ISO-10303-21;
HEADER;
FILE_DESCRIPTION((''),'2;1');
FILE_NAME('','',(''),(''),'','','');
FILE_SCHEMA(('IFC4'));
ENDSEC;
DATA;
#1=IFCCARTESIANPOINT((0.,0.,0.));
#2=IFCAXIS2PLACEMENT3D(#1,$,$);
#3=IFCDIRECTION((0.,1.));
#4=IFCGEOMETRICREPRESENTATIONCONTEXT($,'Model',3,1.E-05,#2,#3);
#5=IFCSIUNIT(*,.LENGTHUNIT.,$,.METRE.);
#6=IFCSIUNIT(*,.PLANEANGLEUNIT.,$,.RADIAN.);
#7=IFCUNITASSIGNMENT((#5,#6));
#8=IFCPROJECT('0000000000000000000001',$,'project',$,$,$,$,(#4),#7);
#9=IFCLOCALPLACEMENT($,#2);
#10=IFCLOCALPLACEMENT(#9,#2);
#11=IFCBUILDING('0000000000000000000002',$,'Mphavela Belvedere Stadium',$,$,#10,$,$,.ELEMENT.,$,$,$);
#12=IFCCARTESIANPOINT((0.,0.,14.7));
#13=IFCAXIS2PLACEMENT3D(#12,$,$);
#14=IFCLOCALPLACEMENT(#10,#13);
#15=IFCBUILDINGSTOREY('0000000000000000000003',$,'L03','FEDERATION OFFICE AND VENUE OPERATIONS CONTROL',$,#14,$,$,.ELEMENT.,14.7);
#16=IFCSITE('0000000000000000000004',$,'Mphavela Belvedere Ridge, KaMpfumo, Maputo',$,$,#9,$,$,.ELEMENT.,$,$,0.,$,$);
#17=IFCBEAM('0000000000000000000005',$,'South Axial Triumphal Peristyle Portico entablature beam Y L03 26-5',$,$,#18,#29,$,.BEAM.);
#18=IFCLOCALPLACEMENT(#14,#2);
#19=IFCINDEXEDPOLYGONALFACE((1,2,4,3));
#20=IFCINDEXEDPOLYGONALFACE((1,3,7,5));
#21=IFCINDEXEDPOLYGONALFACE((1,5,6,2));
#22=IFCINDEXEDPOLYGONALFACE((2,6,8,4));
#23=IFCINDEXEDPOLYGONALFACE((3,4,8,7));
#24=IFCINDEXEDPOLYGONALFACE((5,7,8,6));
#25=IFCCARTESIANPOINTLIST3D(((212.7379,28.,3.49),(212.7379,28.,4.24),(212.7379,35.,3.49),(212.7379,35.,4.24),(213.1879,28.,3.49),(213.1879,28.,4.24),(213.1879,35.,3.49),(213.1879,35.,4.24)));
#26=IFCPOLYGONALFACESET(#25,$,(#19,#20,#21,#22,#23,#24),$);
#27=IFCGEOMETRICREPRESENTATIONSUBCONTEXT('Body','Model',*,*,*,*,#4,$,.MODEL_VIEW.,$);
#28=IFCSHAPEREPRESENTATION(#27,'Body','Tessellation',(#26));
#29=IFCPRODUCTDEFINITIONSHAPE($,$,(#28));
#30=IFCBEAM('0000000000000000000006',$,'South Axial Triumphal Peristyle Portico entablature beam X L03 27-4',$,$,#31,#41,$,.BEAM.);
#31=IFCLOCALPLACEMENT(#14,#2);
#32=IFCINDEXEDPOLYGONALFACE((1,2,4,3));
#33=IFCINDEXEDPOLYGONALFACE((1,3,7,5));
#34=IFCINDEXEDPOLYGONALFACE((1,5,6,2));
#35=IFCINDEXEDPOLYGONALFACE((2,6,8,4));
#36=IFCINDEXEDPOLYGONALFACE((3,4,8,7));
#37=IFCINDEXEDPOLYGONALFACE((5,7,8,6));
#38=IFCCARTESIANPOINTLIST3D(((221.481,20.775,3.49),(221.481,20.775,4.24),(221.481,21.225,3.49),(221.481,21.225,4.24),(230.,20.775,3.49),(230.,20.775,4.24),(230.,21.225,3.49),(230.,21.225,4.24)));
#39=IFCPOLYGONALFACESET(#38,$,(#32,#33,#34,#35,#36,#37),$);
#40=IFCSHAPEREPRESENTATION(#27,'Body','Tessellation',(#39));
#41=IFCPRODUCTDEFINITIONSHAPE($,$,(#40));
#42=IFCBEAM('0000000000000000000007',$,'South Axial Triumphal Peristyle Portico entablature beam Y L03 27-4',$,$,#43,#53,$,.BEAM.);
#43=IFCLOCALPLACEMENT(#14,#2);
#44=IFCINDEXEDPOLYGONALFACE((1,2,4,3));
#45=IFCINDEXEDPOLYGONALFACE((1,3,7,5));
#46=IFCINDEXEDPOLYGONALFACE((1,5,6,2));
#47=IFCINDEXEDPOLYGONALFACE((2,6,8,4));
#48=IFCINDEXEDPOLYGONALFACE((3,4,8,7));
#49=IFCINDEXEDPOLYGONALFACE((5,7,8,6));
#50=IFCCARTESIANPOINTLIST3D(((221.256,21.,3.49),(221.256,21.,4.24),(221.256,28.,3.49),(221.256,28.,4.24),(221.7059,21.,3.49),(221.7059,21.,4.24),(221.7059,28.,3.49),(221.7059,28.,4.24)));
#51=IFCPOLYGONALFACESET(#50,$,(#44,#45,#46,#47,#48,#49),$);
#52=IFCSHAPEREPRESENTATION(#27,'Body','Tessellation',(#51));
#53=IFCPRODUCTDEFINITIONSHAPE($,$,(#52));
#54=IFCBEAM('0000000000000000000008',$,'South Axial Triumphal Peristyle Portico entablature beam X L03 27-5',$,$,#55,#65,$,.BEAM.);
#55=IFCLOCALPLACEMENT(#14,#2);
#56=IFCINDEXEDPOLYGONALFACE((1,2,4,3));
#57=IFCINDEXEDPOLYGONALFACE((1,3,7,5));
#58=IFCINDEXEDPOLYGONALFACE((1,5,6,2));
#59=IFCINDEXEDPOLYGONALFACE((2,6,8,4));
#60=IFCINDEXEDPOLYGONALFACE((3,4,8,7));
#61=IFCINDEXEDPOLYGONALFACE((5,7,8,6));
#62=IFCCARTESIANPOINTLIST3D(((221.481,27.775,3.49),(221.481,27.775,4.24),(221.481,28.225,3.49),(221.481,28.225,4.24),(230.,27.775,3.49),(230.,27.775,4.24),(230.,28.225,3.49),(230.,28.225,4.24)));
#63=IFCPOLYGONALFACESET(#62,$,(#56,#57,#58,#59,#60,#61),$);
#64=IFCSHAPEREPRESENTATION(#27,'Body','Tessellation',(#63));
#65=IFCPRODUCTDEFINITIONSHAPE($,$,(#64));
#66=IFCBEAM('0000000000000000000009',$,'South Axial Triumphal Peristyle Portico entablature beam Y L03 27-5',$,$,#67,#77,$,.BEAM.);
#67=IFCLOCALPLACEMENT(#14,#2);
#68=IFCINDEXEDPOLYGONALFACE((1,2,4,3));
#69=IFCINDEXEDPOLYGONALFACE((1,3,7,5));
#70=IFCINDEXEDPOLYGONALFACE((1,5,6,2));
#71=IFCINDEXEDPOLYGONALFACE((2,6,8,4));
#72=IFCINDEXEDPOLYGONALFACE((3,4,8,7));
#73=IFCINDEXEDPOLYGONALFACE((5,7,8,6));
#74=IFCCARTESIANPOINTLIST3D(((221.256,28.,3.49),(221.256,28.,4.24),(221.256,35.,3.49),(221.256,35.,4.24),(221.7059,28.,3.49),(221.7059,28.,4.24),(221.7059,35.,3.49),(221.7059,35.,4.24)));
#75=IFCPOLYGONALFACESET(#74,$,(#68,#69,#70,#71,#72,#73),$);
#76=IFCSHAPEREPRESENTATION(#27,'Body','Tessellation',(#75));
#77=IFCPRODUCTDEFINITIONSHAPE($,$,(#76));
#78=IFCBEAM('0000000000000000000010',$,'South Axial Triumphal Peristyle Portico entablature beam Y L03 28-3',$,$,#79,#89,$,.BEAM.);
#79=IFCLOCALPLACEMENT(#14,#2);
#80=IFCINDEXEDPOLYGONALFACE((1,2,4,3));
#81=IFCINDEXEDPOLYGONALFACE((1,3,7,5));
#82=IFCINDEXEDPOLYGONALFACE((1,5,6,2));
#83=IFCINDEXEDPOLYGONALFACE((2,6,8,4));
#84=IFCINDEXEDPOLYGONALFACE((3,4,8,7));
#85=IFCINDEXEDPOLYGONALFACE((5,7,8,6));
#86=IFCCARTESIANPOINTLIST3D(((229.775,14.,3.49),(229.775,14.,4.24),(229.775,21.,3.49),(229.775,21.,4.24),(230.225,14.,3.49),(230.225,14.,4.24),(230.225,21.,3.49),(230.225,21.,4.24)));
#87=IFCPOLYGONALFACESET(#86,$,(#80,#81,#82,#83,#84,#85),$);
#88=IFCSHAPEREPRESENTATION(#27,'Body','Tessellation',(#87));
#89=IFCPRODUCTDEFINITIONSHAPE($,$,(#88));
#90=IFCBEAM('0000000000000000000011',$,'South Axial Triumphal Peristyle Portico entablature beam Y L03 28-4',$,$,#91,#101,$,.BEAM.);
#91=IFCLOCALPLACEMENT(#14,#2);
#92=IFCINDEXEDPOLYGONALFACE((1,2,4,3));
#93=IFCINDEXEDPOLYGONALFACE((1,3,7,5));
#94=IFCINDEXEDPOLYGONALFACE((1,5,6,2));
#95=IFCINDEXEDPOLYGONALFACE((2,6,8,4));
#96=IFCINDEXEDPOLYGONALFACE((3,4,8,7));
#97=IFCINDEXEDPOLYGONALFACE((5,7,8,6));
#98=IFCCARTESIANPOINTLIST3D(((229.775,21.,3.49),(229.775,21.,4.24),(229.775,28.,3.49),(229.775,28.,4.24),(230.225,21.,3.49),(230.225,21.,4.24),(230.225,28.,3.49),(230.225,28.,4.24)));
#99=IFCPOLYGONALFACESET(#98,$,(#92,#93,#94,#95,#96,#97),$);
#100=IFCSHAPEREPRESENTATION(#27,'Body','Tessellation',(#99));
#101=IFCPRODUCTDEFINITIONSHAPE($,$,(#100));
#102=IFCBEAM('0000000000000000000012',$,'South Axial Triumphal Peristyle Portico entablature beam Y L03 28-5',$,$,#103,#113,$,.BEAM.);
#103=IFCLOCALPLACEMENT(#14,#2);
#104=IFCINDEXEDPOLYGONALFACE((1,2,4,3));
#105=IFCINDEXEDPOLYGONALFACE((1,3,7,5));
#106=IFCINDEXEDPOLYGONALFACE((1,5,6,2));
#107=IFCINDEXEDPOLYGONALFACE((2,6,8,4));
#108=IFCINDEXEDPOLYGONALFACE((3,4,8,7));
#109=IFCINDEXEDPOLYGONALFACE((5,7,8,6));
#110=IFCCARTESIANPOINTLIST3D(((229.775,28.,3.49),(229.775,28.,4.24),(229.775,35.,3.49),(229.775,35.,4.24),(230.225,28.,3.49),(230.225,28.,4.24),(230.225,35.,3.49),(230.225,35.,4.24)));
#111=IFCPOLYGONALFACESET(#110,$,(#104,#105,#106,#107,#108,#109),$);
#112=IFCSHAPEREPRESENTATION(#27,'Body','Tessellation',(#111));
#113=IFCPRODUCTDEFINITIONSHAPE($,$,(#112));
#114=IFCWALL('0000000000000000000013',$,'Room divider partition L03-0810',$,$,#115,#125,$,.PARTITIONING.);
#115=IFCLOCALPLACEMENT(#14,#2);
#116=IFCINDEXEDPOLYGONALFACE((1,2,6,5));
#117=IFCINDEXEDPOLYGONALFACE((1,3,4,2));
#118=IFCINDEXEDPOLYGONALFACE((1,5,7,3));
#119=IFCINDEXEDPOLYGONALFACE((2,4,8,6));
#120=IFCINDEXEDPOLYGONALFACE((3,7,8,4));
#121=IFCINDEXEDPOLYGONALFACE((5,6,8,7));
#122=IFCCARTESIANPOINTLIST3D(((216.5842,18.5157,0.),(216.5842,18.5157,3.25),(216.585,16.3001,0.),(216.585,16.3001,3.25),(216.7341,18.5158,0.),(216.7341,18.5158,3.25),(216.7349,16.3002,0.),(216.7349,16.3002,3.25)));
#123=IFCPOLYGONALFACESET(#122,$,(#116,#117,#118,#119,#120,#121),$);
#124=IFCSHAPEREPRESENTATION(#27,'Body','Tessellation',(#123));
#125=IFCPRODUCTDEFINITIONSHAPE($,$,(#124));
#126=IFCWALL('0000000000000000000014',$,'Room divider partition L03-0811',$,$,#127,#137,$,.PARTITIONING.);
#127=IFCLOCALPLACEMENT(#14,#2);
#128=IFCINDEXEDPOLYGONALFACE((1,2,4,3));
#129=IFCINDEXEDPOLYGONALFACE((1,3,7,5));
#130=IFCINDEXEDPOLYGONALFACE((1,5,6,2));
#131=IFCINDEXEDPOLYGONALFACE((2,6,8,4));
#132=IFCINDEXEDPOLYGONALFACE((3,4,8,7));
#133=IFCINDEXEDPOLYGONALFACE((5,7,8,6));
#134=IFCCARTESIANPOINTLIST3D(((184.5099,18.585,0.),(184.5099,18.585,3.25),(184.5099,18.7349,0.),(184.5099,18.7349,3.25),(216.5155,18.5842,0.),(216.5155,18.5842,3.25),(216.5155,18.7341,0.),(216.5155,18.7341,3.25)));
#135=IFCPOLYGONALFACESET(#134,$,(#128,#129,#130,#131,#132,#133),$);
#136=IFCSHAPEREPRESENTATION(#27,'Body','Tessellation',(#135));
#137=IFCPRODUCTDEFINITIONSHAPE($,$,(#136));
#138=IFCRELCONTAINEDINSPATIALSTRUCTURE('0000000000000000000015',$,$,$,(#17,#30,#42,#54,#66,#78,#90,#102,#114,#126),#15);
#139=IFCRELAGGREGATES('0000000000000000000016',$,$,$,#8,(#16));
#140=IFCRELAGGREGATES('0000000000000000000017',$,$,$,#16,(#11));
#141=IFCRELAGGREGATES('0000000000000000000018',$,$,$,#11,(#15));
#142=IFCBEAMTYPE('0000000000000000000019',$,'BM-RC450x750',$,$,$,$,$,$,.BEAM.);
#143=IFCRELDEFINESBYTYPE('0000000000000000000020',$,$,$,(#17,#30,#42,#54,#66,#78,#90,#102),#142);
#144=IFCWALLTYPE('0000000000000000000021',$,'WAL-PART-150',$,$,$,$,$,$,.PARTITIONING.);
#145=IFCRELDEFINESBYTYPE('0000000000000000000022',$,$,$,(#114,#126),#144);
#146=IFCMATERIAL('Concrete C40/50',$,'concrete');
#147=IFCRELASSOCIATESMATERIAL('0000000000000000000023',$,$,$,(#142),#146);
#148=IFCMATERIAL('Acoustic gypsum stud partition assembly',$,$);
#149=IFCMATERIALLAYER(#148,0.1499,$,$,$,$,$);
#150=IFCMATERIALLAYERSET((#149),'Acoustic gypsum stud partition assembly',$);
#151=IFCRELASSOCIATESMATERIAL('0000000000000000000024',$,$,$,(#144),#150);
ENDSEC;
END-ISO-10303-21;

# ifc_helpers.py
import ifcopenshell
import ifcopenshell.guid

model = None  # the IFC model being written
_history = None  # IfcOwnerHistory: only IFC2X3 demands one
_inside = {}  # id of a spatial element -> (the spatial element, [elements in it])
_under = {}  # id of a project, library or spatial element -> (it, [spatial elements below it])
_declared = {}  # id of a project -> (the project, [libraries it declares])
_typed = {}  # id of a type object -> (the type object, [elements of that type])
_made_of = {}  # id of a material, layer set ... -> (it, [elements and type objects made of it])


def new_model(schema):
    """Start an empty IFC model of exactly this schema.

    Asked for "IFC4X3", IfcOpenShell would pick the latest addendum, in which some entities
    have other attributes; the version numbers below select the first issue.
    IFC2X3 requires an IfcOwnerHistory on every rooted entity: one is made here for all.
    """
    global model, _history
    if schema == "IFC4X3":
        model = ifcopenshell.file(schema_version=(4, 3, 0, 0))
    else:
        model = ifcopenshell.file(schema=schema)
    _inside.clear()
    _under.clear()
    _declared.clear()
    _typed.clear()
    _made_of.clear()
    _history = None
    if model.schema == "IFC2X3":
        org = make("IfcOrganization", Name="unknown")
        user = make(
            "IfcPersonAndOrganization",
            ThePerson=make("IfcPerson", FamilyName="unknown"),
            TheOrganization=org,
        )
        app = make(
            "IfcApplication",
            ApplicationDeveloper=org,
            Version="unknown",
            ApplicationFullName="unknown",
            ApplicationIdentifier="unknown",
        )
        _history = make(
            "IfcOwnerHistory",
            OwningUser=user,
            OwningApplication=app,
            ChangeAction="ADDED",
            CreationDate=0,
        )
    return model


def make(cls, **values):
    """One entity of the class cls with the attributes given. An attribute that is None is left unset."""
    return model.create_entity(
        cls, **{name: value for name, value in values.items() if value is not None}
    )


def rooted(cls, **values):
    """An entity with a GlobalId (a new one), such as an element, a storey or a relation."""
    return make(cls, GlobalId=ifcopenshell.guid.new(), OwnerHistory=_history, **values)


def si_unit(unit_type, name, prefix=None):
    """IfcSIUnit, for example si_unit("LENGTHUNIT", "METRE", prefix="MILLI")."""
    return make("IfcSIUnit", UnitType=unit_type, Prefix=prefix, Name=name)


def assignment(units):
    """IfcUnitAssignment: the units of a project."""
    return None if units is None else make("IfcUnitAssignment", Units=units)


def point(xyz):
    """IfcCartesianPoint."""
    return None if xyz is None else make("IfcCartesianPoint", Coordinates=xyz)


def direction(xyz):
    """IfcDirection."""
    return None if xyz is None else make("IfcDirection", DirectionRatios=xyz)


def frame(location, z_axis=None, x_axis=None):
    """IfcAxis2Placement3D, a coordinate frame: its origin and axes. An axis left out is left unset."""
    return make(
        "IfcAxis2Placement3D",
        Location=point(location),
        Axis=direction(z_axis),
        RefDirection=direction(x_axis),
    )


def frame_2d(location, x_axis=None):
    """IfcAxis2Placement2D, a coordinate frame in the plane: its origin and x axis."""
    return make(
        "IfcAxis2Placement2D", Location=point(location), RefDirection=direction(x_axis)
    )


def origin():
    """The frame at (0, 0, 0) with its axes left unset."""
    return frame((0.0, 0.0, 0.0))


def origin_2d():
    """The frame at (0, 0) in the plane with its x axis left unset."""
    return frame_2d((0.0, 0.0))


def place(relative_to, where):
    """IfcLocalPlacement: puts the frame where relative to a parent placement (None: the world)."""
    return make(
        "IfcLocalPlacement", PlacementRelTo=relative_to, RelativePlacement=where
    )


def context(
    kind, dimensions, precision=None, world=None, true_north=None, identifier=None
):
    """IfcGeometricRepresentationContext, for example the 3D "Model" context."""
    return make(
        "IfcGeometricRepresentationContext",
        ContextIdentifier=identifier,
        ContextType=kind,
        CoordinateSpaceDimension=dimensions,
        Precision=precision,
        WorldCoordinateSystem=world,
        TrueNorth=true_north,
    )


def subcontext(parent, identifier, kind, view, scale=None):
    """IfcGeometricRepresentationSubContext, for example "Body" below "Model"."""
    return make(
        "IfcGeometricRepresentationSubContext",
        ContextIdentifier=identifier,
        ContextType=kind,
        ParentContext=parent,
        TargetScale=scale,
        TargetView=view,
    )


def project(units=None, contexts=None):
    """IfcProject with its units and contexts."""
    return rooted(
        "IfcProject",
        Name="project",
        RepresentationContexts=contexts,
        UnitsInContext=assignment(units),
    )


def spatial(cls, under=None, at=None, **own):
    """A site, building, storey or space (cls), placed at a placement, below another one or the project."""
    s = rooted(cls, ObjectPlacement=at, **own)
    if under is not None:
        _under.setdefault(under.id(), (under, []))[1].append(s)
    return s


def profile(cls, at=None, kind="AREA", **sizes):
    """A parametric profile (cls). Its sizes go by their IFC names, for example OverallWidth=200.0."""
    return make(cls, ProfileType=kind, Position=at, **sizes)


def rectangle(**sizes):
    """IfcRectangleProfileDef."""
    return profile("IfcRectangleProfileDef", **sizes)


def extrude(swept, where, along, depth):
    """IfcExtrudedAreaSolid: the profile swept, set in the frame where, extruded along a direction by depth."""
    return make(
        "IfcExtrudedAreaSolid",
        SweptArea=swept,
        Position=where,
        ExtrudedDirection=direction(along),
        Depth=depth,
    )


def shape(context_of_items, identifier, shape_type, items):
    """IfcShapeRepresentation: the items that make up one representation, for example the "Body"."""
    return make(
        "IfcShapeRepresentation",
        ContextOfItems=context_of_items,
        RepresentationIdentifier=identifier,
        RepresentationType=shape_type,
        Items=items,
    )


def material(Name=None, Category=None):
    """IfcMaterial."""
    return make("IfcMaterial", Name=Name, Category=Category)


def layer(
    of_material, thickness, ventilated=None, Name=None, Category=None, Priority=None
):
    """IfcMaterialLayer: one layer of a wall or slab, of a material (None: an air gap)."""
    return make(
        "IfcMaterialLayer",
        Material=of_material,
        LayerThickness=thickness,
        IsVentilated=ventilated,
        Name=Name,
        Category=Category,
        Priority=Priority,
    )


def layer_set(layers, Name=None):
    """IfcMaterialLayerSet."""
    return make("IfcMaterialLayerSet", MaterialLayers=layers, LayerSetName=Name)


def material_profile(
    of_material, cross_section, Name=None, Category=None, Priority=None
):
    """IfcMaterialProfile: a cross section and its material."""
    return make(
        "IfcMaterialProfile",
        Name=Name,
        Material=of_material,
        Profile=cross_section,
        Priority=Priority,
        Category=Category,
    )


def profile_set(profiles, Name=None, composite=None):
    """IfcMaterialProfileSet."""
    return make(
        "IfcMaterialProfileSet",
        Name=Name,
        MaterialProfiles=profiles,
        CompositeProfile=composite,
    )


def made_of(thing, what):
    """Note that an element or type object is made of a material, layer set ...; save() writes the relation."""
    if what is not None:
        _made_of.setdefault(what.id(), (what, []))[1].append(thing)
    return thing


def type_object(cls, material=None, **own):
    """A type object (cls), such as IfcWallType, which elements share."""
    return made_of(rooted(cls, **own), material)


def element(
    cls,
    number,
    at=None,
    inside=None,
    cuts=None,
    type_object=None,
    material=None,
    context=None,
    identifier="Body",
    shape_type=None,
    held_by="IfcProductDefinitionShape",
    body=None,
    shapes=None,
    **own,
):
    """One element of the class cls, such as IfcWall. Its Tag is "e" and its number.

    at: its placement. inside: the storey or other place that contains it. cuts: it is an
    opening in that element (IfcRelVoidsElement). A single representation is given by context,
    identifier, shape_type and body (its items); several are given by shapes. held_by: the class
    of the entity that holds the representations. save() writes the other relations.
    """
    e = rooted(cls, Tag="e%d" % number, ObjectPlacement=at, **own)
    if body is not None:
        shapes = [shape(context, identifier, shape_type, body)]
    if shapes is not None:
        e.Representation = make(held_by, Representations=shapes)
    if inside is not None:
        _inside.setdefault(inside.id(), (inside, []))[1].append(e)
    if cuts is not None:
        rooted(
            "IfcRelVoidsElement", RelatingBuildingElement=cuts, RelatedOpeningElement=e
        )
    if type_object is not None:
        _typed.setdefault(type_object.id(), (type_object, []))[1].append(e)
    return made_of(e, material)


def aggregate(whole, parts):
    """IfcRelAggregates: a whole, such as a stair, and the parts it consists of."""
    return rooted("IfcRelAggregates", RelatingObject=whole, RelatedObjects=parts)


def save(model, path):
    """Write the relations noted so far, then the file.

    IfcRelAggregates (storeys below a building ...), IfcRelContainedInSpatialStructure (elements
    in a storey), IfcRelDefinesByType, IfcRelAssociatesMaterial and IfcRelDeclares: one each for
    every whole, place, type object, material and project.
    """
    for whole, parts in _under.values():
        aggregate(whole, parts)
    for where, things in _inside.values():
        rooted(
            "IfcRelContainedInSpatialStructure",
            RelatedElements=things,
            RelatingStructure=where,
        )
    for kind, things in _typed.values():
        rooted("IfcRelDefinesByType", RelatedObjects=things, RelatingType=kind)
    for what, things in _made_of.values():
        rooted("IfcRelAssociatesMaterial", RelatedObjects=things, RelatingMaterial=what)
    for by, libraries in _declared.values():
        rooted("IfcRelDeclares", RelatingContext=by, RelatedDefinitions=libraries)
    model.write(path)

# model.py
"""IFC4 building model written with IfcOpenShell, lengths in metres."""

from ifc_helpers import new_model, si_unit, direction, frame, frame_2d, origin, origin_2d, place, context, subcontext, project, spatial, rectangle, extrude, material, layer, layer_set, material_profile, profile_set, type_object, element, save


model = new_model("IFC4")

# Units and contexts
model_context = context("Model", 3, precision=1e-05, world=origin(), true_north=direction((0.0, 1.0)))
body_context = subcontext(model_context, "Body", "Model", "MODEL_VIEW")
ifc_project = project(units=[si_unit("LENGTHUNIT", "METRE"), si_unit("PLANEANGLEUNIT", "RADIAN")], contexts=[model_context])

# Site, building, storey
site_placement = place(None, origin())
site = spatial("IfcSite", under=ifc_project, at=site_placement, Name="Mphavela Belvedere Ridge, KaMpfumo, Maputo", CompositionType="ELEMENT", RefElevation=0.0)
building_placement = place(site_placement, origin())
building = spatial("IfcBuilding", under=site, at=building_placement, Name="Mphavela Belvedere Stadium", CompositionType="ELEMENT")
storey_placement = place(building_placement, frame((0.0, 0.0, 14.7)))
storey = spatial("IfcBuildingStorey", under=building, at=storey_placement, Name="L03", Description="FEDERATION OFFICE AND VENUE OPERATIONS CONTROL", CompositionType="ELEMENT", Elevation=14.7)

# Beams
ifc_material_1 = material(Name="Concrete C40/50", Category="concrete")
ifc_material_profile_1 = material_profile(ifc_material_1, rectangle(XDim=0.45, YDim=0.75, at=origin_2d()), Name="RC 450x750")
ifc_profile_set_1 = profile_set([ifc_material_profile_1], Name="Concrete C40/50")
beam_type_1 = type_object("IfcBeamType", Name="BM-RC450x750", PredefinedType="BEAM", material=ifc_profile_set_1)
beam_1_placement = place(storey_placement, frame((212.9629, 28.0, 3.865), z_axis=(0.0, 1.0, 0.0), x_axis=(-1.0, 0.0, 0.0)))
element("IfcBeam", 1, at=beam_1_placement, inside=storey, type_object=beam_type_1, Name="South Axial Triumphal Peristyle Portico entablature beam Y L03 26-5", PredefinedType="BEAM", context=body_context, shape_type="SweptSolid", body=[
    extrude(rectangle(XDim=0.45, YDim=0.75, at=origin_2d()), origin(), (0.0, 0.0, 1.0), 7.0),
])
beam_2_placement = place(storey_placement, frame((221.481, 21.0, 3.865), z_axis=(1.0, 0.0, 0.0), x_axis=(0.0, 1.0, 0.0)))
element("IfcBeam", 2, at=beam_2_placement, inside=storey, type_object=beam_type_1, Name="South Axial Triumphal Peristyle Portico entablature beam X L03 27-4", PredefinedType="BEAM", context=body_context, shape_type="SweptSolid", body=[
    extrude(rectangle(XDim=0.45, YDim=0.75, at=origin_2d()), origin(), (0.0, 0.0, 1.0), 8.519),
])
beam_3_placement = place(storey_placement, frame((221.481, 21.0, 3.865), z_axis=(0.0, 1.0, 0.0), x_axis=(-1.0, 0.0, 0.0)))
element("IfcBeam", 3, at=beam_3_placement, inside=storey, type_object=beam_type_1, Name="South Axial Triumphal Peristyle Portico entablature beam Y L03 27-4", PredefinedType="BEAM", context=body_context, shape_type="SweptSolid", body=[
    extrude(rectangle(XDim=0.45, YDim=0.75, at=origin_2d()), origin(), (0.0, 0.0, 1.0), 7.0),
])
beam_4_placement = place(storey_placement, frame((221.481, 28.0, 3.865), z_axis=(1.0, 0.0, 0.0), x_axis=(0.0, 1.0, 0.0)))
element("IfcBeam", 4, at=beam_4_placement, inside=storey, type_object=beam_type_1, Name="South Axial Triumphal Peristyle Portico entablature beam X L03 27-5", PredefinedType="BEAM", context=body_context, shape_type="SweptSolid", body=[
    extrude(rectangle(XDim=0.45, YDim=0.75, at=origin_2d()), origin(), (0.0, 0.0, 1.0), 8.519),
])
for number, where, z_axis, x_axis, name in (
    (5, (221.481, 28.0, 3.865), (0.0, 1.0, 0.0), (-1.0, 0.0, 0.0), "South Axial Triumphal Peristyle Portico entablature beam Y L03 27-5"),
    (6, (230.0, 14.0, 3.865), (0.0, 1.0, 0.0), (-1.0, 0.0, 0.0), "South Axial Triumphal Peristyle Portico entablature beam Y L03 28-3"),
    (7, (230.0, 21.0, 3.865), (0.0, 1.0, 0.0), (-1.0, 0.0, 0.0), "South Axial Triumphal Peristyle Portico entablature beam Y L03 28-4"),
    (8, (230.0, 28.0, 3.865), (0.0, 1.0, 0.0), (-1.0, 0.0, 0.0), "South Axial Triumphal Peristyle Portico entablature beam Y L03 28-5"),
):
    element("IfcBeam", number, at=place(storey_placement, frame(where, z_axis=z_axis, x_axis=x_axis)), inside=storey, type_object=beam_type_1, Name=name, PredefinedType="BEAM", context=body_context, shape_type="SweptSolid", body=[
        extrude(rectangle(XDim=0.45, YDim=0.75, at=origin_2d()), origin(), (0.0, 0.0, 1.0), 7.0),
    ])

# Walls
ifc_material_2 = material(Name="Acoustic gypsum stud partition assembly")
ifc_layer = layer(ifc_material_2, 0.1499)
ifc_layer_set = layer_set([ifc_layer], Name="Acoustic gypsum stud partition assembly")
wall_type = type_object("IfcWallType", Name="WAL-PART-150", PredefinedType="PARTITIONING", material=ifc_layer_set)
wall_1_placement = place(storey_placement, frame((216.6599, 16.3, 0.0), z_axis=(0.0, 0.0, 1.0), x_axis=(-0.000331, 1.0, 0.0)))
element("IfcWall", 9, at=wall_1_placement, inside=storey, type_object=wall_type, Name="Room divider partition L03-0810", PredefinedType="PARTITIONING", context=body_context, shape_type="SweptSolid", body=[
    extrude(rectangle(XDim=2.2156, YDim=0.1499, at=frame_2d((1.1079, 0.0))), origin(), (0.0, 0.0, 1.0), 3.25),
])
wall_2_placement = place(storey_placement, frame((216.5156, 18.6592, 0.0), z_axis=(0.0, 0.0, 1.0), x_axis=(-1.0, 0.000023, 0.0)))
element("IfcWall", 10, at=wall_2_placement, inside=storey, type_object=wall_type, Name="Room divider partition L03-0811", PredefinedType="PARTITIONING", context=body_context, shape_type="SweptSolid", body=[
    extrude(rectangle(XDim=32.0056, YDim=0.1499, at=frame_2d((16.0029, 0.0))), origin(), (0.0, 0.0, 1.0), 3.25),
])

save(model, "model.ifc")
